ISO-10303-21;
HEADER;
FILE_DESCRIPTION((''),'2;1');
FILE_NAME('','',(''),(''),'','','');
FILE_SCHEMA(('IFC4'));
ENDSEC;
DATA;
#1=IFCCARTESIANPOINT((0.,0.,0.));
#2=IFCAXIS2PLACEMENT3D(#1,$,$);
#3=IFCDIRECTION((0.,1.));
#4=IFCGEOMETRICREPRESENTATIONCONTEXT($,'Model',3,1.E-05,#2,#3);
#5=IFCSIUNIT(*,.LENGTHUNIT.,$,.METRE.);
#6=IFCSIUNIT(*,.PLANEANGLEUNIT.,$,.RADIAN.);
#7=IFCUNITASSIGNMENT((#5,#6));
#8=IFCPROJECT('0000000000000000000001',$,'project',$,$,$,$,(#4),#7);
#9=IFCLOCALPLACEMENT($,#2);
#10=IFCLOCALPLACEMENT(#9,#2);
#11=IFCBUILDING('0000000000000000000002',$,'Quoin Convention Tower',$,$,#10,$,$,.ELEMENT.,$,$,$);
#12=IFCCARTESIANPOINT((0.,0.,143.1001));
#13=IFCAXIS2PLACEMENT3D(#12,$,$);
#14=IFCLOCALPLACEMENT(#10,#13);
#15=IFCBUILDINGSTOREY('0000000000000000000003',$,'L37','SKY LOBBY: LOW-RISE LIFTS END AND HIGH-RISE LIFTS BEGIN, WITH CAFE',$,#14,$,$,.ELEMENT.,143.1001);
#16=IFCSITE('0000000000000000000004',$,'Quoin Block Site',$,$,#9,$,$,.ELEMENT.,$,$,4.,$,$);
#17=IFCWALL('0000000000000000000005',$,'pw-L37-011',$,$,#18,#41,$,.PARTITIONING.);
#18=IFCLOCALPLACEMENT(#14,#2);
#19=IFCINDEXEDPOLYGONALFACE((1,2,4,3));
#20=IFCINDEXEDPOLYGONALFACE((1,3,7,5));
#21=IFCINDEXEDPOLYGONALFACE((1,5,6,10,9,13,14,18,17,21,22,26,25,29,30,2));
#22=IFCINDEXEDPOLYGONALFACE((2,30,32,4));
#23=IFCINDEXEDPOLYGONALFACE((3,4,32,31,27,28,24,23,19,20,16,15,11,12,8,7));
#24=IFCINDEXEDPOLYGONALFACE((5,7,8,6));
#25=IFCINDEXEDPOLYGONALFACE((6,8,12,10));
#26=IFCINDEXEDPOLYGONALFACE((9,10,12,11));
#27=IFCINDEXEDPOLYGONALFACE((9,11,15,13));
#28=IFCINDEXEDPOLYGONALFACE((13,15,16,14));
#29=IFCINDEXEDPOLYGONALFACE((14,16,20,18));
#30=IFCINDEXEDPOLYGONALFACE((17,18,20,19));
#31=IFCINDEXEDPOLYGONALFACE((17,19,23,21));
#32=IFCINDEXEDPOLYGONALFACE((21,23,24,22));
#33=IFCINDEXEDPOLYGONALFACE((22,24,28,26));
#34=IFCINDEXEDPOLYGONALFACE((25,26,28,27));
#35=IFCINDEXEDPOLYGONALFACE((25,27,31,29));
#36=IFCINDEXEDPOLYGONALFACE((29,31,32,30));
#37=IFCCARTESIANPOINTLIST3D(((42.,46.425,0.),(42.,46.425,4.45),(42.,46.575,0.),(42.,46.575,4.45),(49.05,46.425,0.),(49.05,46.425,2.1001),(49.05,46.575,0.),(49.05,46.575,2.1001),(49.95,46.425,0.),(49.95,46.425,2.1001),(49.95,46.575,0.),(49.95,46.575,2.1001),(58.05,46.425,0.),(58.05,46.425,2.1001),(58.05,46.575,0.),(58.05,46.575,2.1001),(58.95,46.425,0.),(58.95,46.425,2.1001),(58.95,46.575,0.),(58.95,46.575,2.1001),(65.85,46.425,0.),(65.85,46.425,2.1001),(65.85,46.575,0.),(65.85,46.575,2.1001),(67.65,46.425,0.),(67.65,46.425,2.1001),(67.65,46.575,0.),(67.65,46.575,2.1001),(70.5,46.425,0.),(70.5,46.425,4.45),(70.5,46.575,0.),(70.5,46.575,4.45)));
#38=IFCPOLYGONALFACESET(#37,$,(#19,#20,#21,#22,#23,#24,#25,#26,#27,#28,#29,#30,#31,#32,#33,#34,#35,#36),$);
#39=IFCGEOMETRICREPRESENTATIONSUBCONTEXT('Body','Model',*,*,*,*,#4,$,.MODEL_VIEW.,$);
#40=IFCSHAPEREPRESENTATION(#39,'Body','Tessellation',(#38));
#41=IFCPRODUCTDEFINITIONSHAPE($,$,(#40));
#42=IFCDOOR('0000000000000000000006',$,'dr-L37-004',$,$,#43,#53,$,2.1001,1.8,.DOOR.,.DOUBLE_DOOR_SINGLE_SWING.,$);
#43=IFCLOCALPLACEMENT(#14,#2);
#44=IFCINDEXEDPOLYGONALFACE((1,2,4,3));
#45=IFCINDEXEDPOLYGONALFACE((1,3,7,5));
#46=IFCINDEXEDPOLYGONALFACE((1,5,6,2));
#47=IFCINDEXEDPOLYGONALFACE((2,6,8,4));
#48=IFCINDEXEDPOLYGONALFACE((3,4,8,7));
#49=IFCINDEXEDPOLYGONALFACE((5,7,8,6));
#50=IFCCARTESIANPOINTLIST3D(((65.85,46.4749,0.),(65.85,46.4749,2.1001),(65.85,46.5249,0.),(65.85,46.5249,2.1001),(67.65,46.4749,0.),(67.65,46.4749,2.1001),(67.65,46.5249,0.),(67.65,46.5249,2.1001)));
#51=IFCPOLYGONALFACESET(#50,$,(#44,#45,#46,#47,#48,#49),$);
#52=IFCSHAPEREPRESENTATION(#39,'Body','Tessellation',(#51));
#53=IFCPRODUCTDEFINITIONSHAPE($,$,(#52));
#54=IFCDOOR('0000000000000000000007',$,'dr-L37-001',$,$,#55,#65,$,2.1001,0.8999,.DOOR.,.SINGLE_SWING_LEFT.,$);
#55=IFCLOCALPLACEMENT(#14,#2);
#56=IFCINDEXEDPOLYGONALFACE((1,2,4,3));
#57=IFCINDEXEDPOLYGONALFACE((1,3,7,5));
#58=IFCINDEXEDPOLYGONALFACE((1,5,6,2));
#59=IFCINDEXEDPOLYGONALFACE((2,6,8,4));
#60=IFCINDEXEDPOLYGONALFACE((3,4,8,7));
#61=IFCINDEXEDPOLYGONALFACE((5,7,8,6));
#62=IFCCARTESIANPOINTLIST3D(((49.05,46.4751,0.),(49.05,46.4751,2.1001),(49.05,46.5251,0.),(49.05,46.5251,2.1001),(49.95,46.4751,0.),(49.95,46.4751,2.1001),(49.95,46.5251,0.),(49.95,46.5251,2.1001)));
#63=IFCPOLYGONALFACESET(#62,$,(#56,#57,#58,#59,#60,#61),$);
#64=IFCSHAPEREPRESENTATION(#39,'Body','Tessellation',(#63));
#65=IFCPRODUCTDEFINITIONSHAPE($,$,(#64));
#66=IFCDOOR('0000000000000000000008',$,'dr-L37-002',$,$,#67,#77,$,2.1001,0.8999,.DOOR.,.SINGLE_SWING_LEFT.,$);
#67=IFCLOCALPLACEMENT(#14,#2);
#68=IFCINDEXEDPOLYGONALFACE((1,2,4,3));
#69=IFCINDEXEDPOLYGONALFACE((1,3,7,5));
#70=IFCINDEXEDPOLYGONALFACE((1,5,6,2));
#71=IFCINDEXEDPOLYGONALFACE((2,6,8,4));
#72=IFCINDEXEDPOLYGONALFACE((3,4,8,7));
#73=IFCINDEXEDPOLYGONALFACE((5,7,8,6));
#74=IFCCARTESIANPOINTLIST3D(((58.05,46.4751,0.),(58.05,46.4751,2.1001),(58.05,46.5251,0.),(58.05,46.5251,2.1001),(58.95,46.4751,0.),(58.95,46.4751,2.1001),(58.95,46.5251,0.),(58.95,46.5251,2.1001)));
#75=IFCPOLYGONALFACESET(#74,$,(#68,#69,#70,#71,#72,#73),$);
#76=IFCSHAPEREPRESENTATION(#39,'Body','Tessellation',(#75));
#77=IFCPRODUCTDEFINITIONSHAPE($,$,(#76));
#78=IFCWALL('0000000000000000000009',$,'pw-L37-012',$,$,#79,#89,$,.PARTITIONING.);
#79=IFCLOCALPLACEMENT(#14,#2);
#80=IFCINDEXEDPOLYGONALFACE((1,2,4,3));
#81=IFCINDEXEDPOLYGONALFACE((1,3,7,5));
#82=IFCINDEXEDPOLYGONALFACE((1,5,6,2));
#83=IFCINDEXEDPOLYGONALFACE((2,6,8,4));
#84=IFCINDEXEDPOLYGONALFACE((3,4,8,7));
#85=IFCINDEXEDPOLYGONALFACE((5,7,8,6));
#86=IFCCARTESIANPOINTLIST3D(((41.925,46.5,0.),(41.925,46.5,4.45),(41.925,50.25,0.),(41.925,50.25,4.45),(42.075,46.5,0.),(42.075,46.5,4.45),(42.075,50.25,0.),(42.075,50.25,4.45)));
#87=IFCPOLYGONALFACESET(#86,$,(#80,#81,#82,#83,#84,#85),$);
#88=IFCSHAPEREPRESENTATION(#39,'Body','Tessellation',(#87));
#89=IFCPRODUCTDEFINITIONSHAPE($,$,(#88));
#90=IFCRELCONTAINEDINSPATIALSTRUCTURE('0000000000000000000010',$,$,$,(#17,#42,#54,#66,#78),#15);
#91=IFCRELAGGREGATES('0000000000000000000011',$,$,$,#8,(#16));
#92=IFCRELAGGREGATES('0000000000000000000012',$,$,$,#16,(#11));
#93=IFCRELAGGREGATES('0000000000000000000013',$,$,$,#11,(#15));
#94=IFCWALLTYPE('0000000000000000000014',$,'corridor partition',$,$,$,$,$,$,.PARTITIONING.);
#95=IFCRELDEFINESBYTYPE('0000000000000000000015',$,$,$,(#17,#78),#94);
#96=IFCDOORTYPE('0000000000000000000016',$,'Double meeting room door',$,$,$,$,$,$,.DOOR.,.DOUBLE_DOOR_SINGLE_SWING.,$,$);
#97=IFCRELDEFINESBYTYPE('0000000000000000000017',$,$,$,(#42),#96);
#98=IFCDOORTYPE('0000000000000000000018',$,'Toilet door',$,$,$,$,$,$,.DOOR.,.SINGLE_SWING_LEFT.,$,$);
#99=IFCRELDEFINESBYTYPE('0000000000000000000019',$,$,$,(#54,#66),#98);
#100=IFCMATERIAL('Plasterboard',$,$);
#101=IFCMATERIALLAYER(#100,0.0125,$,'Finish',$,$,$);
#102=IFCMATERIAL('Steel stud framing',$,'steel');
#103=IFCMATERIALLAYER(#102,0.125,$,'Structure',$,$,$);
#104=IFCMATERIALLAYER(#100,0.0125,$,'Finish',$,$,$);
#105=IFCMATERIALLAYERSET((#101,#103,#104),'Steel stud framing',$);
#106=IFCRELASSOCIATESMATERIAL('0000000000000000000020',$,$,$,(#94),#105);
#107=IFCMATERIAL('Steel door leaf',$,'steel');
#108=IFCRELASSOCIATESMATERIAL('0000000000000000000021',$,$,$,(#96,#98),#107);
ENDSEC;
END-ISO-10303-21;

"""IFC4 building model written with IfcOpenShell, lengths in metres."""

from ifc_helpers import new_model, si_unit, direction, frame, frame_2d, origin, place, context, subcontext, project, spatial, rectangle, extrude, material, layer, layer_set, type_object, element, fill, save


model = new_model("IFC4")

# Units and contexts
model_context = context("Model", 3, precision=1e-05, world=origin(), true_north=direction((0.0, 1.0)))
body_context = subcontext(model_context, "Body", "Model", "MODEL_VIEW")
ifc_project = project(units=[si_unit("LENGTHUNIT", "METRE"), si_unit("PLANEANGLEUNIT", "RADIAN")], contexts=[model_context])

# Site, building, storey
site_placement = place(None, origin())
site = spatial("IfcSite", under=ifc_project, at=site_placement, Name="Quoin Block Site", CompositionType="ELEMENT", RefElevation=4.0)
building_placement = place(site_placement, origin())
building = spatial("IfcBuilding", under=site, at=building_placement, Name="Quoin Convention Tower", CompositionType="ELEMENT")
storey_placement = place(building_placement, frame((0.0, 0.0, 143.1001)))
storey = spatial("IfcBuildingStorey", under=building, at=storey_placement, Name="L37", Description="SKY LOBBY: LOW-RISE LIFTS END AND HIGH-RISE LIFTS BEGIN, WITH CAFE", CompositionType="ELEMENT", Elevation=143.1001)

# Shared definitions
ifc_material_1 = material(Name="Plasterboard")
ifc_layer_1 = layer(ifc_material_1, 0.0125, Name="Finish")
ifc_material_2 = material(Name="Steel stud framing", Category="steel")
ifc_layer_2 = layer(ifc_material_2, 0.125, Name="Structure")
ifc_layer_3 = layer(ifc_material_1, 0.0125, Name="Finish")
ifc_layer_set_1 = layer_set([ifc_layer_1, ifc_layer_2, ifc_layer_3], Name="Steel stud framing")
wall_type_1 = type_object("IfcWallType", Name="corridor partition", PredefinedType="PARTITIONING", material=ifc_layer_set_1)

# Wall, openings, doors
wall_1_placement = place(storey_placement, frame((42.0, 46.5, 0.0), z_axis=(0.0, 0.0, 1.0), x_axis=(1.0, 0.0, 0.0)))
wall_1 = element("IfcWall", 1, at=wall_1_placement, inside=storey, type_object=wall_type_1, Name="pw-L37-011", PredefinedType="PARTITIONING", context=body_context, shape_type="SweptSolid", body=[
    extrude(rectangle(XDim=28.5, YDim=0.1499, at=frame_2d((14.25, 0.0))), origin(), (0.0, 0.0, 1.0), 4.45),
])
opening_1_placement = place(wall_1_placement, frame((7.05, 0.0, 0.0)))
opening_1 = element("IfcOpeningElement", 2, at=opening_1_placement, cuts=wall_1, PredefinedType="OPENING", context=body_context, shape_type="SweptSolid", body=[
    extrude(rectangle(XDim=0.8999, YDim=2.1001, at=frame_2d((0.45, 1.05))), frame((0.0, 0.085, 0.0), z_axis=(0.0, -1.0, 0.0), x_axis=(1.0, 0.0, 0.0)), (0.0, 0.0, 1.0), 0.1699),
])
opening_2_placement = place(wall_1_placement, frame((16.05, 0.0, 0.0)))
opening_2 = element("IfcOpeningElement", 3, at=opening_2_placement, cuts=wall_1, PredefinedType="OPENING", context=body_context, shape_type="SweptSolid", body=[
    extrude(rectangle(XDim=0.8999, YDim=2.1001, at=frame_2d((0.45, 1.05))), frame((0.0, 0.085, 0.0), z_axis=(0.0, -1.0, 0.0), x_axis=(1.0, 0.0, 0.0)), (0.0, 0.0, 1.0), 0.1699),
])
opening_3_placement = place(wall_1_placement, frame((23.8501, 0.0, 0.0)))
opening_3 = element("IfcOpeningElement", 4, at=opening_3_placement, cuts=wall_1, PredefinedType="OPENING", context=body_context, shape_type="SweptSolid", body=[
    extrude(rectangle(XDim=1.8, YDim=2.1001, at=frame_2d((0.8999, 1.05))), frame((0.0, 0.085, 0.0), z_axis=(0.0, -1.0, 0.0), x_axis=(1.0, 0.0, 0.0)), (0.0, 0.0, 1.0), 0.1699),
])
ifc_material_3 = material(Name="Steel door leaf", Category="steel")
door_type_1 = type_object("IfcDoorType", Name="Double meeting room door", OperationType="DOUBLE_DOOR_SINGLE_SWING", PredefinedType="DOOR", material=ifc_material_3)
door_1_placement = place(opening_3_placement, origin())
door_1 = element("IfcDoor", 5, at=door_1_placement, inside=storey, type_object=door_type_1, Name="dr-L37-004", OperationType="DOUBLE_DOOR_SINGLE_SWING", OverallHeight=2.1001, OverallWidth=1.8, PredefinedType="DOOR", context=body_context, shape_type="SweptSolid", body=[
    extrude(rectangle(XDim=1.8, YDim=2.1001, at=frame_2d((0.8999, 1.05))), frame((0.0, 0.0249, 0.0), z_axis=(0.0, -1.0, 0.0), x_axis=(1.0, 0.0, 0.0)), (0.0, 0.0, 1.0), 0.05),
])
fill(opening_3, door_1)
door_type_2 = type_object("IfcDoorType", Name="Toilet door", OperationType="SINGLE_SWING_LEFT", PredefinedType="DOOR", material=ifc_material_3)
door_2_placement = place(opening_1_placement, frame((0.8999, 0.0, 0.0), z_axis=(0.0, 0.0, 1.0), x_axis=(-1.0, 0.0, 0.0)))
door_2 = element("IfcDoor", 6, at=door_2_placement, inside=storey, type_object=door_type_2, Name="dr-L37-001", OperationType="SINGLE_SWING_LEFT", OverallHeight=2.1001, OverallWidth=0.8999, PredefinedType="DOOR", context=body_context, shape_type="SweptSolid", body=[
    extrude(rectangle(XDim=0.8999, YDim=2.1001, at=frame_2d((0.45, 1.05))), frame((0.0, 0.0249, 0.0), z_axis=(0.0, -1.0, 0.0), x_axis=(1.0, 0.0, 0.0)), (0.0, 0.0, 1.0), 0.05),
])
fill(opening_1, door_2)
door_3_placement = place(opening_2_placement, frame((0.8999, 0.0, 0.0), z_axis=(0.0, 0.0, 1.0), x_axis=(-1.0, 0.0, 0.0)))
door_3 = element("IfcDoor", 7, at=door_3_placement, inside=storey, type_object=door_type_2, Name="dr-L37-002", OperationType="SINGLE_SWING_LEFT", OverallHeight=2.1001, OverallWidth=0.8999, PredefinedType="DOOR", context=body_context, shape_type="SweptSolid", body=[
    extrude(rectangle(XDim=0.8999, YDim=2.1001, at=frame_2d((0.45, 1.05))), frame((0.0, 0.0249, 0.0), z_axis=(0.0, -1.0, 0.0), x_axis=(1.0, 0.0, 0.0)), (0.0, 0.0, 1.0), 0.05),
])
fill(opening_2, door_3)

# Wall
wall_2_placement = place(storey_placement, frame((42.0, 46.5, 0.0), z_axis=(0.0, 0.0, 1.0), x_axis=(0.0, 1.0, 0.0)))
element("IfcWall", 8, at=wall_2_placement, inside=storey, type_object=wall_type_1, Name="pw-L37-012", PredefinedType="PARTITIONING", context=body_context, shape_type="SweptSolid", body=[
    extrude(rectangle(XDim=3.75, YDim=0.1499, at=frame_2d((1.875, 0.0))), origin(), (0.0, 0.0, 1.0), 4.45),
])

save(model, "model.ifc")
